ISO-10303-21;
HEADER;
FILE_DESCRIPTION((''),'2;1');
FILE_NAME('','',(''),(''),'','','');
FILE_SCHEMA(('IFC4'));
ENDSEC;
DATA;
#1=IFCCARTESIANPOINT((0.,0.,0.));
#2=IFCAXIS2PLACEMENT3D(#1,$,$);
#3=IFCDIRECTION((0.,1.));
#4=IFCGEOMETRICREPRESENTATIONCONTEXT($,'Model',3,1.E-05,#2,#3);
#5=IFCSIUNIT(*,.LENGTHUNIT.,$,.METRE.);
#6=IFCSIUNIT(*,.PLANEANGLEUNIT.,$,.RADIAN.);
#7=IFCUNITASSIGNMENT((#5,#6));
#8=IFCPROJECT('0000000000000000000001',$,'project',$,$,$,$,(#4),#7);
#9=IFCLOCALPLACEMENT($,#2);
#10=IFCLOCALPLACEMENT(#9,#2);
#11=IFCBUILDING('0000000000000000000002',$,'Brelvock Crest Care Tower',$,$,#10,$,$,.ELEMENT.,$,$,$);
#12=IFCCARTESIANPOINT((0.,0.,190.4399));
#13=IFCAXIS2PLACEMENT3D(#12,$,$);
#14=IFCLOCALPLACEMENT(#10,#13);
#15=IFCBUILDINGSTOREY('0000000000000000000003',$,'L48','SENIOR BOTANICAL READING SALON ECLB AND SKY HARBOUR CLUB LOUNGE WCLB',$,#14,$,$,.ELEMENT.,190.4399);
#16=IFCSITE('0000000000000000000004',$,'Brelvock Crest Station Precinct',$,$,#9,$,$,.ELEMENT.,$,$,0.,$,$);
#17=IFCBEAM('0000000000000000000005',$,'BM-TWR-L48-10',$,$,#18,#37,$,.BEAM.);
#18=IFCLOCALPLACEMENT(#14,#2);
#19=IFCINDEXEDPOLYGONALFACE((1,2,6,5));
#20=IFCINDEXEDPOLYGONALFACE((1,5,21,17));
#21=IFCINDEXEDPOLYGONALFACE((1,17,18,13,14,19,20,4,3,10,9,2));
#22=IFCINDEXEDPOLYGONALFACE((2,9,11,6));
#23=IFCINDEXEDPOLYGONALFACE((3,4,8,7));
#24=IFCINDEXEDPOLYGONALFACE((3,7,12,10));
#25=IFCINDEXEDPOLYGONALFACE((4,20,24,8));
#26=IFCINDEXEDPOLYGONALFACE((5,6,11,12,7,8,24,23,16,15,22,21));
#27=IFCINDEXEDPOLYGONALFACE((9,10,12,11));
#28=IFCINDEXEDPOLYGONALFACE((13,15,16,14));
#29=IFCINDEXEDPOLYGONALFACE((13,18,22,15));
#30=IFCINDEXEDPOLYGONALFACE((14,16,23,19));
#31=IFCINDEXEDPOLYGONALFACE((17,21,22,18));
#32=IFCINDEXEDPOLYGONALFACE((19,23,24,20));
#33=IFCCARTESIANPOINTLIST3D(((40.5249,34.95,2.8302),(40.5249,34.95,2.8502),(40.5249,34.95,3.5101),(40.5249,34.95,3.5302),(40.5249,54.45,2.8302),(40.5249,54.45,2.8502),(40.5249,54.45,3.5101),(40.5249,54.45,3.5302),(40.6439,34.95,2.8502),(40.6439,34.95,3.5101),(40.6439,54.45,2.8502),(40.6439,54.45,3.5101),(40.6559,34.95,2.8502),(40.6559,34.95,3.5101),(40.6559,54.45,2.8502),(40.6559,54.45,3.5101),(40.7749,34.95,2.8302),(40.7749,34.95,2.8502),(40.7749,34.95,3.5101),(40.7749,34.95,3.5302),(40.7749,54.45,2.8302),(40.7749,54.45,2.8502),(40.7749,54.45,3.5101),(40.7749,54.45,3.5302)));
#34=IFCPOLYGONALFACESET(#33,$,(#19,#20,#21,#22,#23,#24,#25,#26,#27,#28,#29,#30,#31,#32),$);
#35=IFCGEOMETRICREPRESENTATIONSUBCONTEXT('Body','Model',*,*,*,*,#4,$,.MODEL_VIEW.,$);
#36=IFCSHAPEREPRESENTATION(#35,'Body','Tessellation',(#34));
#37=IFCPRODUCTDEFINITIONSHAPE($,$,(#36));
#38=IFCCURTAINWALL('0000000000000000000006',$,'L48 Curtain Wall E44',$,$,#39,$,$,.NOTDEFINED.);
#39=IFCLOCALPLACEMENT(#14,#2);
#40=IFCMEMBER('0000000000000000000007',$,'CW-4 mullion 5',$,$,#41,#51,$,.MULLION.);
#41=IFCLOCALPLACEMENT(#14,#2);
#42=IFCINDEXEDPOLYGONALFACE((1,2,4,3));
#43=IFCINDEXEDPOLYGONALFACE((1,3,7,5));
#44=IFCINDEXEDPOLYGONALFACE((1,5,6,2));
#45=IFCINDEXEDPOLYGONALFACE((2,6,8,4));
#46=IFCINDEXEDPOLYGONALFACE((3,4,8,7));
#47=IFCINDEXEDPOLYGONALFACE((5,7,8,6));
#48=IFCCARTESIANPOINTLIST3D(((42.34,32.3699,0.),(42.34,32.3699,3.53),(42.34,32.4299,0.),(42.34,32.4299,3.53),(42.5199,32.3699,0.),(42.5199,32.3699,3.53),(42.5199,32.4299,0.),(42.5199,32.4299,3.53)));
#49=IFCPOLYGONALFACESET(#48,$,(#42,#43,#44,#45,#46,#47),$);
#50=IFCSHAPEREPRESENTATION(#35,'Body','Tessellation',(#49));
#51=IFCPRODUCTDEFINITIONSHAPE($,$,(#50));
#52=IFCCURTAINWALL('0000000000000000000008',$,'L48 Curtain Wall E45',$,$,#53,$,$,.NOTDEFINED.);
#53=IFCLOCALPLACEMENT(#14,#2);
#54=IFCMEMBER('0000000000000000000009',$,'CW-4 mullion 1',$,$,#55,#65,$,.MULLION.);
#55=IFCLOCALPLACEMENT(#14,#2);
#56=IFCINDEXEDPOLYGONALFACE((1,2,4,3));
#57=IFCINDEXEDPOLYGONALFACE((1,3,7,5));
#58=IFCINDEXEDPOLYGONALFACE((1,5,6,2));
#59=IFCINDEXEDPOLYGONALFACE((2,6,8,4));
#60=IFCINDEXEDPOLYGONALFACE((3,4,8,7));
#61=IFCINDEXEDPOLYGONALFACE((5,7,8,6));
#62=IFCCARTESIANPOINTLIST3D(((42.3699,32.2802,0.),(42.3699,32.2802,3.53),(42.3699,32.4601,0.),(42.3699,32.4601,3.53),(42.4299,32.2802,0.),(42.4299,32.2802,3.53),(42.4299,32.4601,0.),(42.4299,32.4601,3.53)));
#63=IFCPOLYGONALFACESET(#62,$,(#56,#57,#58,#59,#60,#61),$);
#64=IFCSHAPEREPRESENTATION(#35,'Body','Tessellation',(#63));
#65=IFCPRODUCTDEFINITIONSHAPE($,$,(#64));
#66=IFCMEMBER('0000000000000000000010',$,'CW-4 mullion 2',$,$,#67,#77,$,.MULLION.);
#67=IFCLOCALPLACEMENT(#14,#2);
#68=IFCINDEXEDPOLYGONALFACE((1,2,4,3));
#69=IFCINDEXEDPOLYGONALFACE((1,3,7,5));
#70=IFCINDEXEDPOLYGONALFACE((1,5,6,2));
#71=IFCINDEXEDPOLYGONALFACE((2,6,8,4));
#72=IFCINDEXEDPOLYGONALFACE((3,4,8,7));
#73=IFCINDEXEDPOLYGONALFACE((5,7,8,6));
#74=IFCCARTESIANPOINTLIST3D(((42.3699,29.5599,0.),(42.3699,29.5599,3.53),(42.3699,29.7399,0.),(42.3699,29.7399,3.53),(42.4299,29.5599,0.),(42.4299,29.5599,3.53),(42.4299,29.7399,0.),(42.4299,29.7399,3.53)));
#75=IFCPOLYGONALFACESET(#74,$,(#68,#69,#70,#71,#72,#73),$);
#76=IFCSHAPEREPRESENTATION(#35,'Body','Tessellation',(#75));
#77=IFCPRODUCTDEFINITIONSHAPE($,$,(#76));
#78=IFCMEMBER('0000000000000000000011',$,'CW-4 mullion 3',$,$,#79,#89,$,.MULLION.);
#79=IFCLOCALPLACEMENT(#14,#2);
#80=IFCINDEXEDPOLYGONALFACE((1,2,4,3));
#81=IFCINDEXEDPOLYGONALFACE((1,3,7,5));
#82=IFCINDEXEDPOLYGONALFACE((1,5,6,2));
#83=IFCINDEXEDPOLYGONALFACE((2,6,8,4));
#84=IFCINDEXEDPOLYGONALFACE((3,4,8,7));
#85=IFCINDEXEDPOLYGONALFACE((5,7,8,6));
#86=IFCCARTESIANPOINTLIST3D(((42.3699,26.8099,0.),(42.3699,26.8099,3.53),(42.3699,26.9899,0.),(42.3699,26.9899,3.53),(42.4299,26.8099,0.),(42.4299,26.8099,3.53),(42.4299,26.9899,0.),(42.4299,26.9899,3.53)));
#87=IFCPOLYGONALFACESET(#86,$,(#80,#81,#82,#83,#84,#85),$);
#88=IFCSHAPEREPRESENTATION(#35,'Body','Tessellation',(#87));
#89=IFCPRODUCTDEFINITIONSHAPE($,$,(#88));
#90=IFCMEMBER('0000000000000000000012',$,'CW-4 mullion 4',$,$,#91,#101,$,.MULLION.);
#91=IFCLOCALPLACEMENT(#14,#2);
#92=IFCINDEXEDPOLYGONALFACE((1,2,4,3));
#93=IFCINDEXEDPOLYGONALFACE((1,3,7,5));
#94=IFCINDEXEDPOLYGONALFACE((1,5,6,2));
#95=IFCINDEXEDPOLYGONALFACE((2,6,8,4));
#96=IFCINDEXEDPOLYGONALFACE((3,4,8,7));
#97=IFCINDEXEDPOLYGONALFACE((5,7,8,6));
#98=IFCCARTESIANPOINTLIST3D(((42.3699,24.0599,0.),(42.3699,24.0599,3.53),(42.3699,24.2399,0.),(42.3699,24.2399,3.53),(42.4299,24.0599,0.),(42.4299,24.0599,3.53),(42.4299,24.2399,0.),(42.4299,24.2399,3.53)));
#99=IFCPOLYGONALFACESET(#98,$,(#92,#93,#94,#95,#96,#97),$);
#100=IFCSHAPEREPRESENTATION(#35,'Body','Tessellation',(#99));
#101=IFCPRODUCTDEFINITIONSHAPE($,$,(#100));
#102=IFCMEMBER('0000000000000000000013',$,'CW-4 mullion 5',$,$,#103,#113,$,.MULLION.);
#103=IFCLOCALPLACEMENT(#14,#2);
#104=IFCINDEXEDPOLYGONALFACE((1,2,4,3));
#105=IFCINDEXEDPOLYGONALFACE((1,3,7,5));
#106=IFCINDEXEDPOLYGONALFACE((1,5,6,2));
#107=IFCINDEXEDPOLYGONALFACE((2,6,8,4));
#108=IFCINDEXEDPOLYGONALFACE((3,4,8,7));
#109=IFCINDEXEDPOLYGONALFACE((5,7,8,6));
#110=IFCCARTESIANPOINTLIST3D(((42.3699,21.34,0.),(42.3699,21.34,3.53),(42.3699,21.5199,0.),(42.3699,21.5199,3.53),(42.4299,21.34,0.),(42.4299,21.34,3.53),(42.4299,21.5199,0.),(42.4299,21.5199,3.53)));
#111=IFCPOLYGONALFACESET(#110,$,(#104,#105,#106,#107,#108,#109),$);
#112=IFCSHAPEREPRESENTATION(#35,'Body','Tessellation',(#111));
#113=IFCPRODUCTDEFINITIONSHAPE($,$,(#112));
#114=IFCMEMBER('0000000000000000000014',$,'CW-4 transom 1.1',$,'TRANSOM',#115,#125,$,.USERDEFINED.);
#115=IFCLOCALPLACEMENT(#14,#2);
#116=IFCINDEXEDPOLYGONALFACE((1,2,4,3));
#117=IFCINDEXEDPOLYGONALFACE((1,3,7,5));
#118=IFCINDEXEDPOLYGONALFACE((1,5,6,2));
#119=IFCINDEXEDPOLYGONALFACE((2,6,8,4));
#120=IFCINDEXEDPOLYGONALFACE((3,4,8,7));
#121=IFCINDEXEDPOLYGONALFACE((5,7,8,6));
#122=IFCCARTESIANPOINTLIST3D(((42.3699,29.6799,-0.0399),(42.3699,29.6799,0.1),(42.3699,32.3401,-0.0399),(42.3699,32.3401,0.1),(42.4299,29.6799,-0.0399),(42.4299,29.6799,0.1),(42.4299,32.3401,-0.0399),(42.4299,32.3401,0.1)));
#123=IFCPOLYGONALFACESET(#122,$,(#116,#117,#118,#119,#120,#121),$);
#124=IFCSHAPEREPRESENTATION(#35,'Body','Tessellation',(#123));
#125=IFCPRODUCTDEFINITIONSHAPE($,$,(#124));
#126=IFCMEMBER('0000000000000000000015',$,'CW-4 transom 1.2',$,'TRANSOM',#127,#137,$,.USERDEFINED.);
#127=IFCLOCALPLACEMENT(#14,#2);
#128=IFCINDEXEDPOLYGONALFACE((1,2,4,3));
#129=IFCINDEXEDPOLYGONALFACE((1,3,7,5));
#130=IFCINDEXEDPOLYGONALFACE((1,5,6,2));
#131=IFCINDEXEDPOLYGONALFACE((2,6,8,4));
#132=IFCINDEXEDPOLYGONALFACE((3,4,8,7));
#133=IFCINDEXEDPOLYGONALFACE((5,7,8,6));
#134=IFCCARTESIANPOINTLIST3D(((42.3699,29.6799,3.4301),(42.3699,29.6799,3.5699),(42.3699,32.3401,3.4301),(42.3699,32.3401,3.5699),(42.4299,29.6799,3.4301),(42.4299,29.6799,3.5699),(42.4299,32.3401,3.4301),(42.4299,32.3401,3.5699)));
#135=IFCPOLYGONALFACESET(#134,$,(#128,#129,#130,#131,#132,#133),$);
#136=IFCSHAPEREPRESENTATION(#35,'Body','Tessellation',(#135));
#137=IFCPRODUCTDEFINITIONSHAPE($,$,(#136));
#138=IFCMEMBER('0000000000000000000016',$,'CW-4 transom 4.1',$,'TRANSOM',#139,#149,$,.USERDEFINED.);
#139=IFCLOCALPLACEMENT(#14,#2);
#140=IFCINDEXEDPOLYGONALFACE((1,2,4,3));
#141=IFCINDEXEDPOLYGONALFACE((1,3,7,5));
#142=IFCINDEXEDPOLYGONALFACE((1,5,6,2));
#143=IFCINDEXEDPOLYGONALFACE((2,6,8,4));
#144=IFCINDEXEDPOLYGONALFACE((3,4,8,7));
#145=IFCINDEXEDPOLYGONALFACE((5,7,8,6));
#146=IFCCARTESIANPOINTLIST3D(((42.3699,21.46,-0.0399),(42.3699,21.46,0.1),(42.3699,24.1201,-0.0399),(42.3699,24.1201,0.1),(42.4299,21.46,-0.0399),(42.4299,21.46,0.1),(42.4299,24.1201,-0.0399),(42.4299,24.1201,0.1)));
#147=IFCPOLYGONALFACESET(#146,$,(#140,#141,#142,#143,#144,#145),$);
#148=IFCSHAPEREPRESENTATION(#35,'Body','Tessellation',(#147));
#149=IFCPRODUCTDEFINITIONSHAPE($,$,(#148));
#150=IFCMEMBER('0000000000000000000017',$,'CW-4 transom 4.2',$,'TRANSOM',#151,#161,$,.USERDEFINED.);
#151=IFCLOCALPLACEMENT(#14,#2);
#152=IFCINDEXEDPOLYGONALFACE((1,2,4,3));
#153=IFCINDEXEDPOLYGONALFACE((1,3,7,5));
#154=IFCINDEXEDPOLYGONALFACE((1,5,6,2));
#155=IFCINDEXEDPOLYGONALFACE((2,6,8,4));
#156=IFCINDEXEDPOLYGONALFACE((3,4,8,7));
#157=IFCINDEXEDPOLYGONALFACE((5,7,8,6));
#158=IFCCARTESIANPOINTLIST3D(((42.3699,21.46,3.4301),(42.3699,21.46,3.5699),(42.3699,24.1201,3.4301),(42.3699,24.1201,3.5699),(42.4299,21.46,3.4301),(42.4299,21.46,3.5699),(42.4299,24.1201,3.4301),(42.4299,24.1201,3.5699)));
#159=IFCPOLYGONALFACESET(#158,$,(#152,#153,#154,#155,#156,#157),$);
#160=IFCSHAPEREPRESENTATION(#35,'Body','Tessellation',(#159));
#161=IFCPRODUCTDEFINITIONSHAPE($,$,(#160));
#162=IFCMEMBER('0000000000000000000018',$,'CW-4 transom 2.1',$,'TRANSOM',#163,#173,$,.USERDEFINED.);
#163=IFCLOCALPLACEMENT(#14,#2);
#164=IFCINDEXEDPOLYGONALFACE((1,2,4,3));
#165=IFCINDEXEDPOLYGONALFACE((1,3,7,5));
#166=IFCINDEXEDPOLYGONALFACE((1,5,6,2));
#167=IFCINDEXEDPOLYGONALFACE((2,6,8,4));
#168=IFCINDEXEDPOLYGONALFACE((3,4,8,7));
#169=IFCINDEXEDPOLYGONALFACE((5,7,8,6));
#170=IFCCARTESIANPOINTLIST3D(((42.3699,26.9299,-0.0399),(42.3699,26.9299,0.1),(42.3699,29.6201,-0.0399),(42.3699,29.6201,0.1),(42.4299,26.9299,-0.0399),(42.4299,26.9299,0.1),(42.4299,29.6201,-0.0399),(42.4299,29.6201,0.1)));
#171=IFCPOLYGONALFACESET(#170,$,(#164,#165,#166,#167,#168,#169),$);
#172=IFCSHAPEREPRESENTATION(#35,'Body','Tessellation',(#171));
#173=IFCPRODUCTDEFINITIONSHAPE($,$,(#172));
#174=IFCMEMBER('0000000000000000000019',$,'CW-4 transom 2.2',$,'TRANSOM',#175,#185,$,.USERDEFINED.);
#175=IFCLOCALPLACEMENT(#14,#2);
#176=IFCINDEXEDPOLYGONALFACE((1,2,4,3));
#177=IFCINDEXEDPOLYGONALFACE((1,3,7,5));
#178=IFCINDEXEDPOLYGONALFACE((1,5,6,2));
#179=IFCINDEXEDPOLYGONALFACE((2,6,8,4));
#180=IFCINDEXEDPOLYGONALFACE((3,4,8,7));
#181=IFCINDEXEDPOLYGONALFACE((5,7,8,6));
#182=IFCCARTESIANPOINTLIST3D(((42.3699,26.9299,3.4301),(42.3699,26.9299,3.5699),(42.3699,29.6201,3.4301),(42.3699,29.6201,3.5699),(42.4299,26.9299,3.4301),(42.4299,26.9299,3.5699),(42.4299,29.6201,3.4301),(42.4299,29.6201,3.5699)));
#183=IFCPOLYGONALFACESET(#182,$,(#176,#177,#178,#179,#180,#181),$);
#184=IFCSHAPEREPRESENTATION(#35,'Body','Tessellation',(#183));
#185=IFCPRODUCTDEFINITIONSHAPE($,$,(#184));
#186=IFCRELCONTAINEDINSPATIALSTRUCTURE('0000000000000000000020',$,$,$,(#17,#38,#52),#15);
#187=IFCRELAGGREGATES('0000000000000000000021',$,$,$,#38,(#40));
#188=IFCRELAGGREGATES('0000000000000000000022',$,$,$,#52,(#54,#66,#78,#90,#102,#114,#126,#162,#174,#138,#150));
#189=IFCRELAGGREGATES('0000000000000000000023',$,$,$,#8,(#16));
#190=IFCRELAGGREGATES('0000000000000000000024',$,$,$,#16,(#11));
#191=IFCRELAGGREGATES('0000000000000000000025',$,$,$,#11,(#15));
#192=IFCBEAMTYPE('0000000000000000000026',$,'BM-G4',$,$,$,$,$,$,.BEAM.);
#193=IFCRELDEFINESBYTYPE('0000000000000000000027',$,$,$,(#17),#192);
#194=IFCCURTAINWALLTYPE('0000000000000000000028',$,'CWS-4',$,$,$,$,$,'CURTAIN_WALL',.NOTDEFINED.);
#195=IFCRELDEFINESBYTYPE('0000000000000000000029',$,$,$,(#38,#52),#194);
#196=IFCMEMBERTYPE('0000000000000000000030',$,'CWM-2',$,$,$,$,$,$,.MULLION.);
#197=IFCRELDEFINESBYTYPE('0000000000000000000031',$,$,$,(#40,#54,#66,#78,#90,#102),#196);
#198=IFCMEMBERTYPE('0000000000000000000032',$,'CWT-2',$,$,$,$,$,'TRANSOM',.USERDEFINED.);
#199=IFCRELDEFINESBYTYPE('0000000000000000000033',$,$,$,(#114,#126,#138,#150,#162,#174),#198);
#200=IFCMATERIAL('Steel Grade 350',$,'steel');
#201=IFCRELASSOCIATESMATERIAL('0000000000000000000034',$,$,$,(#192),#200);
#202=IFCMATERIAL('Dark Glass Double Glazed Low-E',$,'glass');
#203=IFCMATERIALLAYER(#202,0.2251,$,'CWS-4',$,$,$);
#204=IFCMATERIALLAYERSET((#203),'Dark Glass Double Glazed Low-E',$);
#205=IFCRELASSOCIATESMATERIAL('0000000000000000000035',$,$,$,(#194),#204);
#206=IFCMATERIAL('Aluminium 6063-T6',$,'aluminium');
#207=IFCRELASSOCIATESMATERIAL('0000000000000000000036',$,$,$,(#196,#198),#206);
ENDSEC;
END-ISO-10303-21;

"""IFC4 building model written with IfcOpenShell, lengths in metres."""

from ifc_helpers import new_model, si_unit, direction, frame, origin, origin_2d, place, context, subcontext, project, spatial, rectangle, i_section, extrude, source, transform, mapped, material, layer, layer_set, material_profile, profile_set, type_object, element, aggregate, save


model = new_model("IFC4")

# Units and contexts
model_context = context("Model", 3, precision=1e-05, world=origin(), true_north=direction((0.0, 1.0)))
body_context = subcontext(model_context, "Body", "Model", "MODEL_VIEW")
ifc_project = project(units=[si_unit("LENGTHUNIT", "METRE"), si_unit("PLANEANGLEUNIT", "RADIAN")], contexts=[model_context])

# Site, building, storey
site_placement = place(None, origin())
site = spatial("IfcSite", under=ifc_project, at=site_placement, Name="Brelvock Crest Station Precinct", CompositionType="ELEMENT", RefElevation=0.0)
building_placement = place(site_placement, origin())
building = spatial("IfcBuilding", under=site, at=building_placement, Name="Brelvock Crest Care Tower", CompositionType="ELEMENT")
storey_placement = place(building_placement, frame((0.0, 0.0, 190.4399)))
storey = spatial("IfcBuildingStorey", under=building, at=storey_placement, Name="L48", Description="SENIOR BOTANICAL READING SALON ECLB AND SKY HARBOUR CLUB LOUNGE WCLB", CompositionType="ELEMENT", Elevation=190.4399)

# Shared definitions
ifc_material_1 = material(Name="Steel Grade 350", Category="steel")

# Beam
ifc_material_profile_1 = material_profile(ifc_material_1, i_section(OverallWidth=0.25, OverallDepth=0.7, WebThickness=0.012, FlangeThickness=0.02, at=origin_2d()), Name="700WB150")
ifc_profile_set_1 = profile_set([ifc_material_profile_1], Name="Steel Grade 350")
beam_type_1 = type_object("IfcBeamType", Name="BM-G4", PredefinedType="BEAM", material=ifc_profile_set_1)
shared_shape_1 = source(origin(), body_context, "Body", "SweptSolid", [
    extrude(i_section(OverallWidth=0.25, OverallDepth=0.7, WebThickness=0.012, FlangeThickness=0.02, at=origin_2d()), origin(), (0.0, 0.0, 1.0), 19.5),
])
beam_1_placement = place(storey_placement, frame((40.6499, 34.95, 3.1802), z_axis=(0.0, 1.0, 0.0), x_axis=(-1.0, 0.0, 0.0)))
element("IfcBeam", 1, at=beam_1_placement, inside=storey, type_object=beam_type_1, Name="BM-TWR-L48-10", PredefinedType="BEAM", context=body_context, shape_type="MappedRepresentation", body=[
    mapped(shared_shape_1, transform((0.0, 0.0, 0.0), x_axis=(1.0, 0.0, 0.0), y_axis=(0.0, 1.0, 0.0), z_axis=(0.0, 0.0, 1.0), scale=1.0)),
])

# Curtain wall, member
ifc_material_2 = material(Name="Dark Glass Double Glazed Low-E", Category="glass")
ifc_layer_1 = layer(ifc_material_2, 0.2251, Name="CWS-4")
ifc_layer_set_1 = layer_set([ifc_layer_1], Name="Dark Glass Double Glazed Low-E")
curtain_wall_type = type_object("IfcCurtainWallType", Name="CWS-4", ElementType="CURTAIN_WALL", PredefinedType="NOTDEFINED", material=ifc_layer_set_1)
curtain_wall_1_placement = place(storey_placement, origin())
curtain_wall_1 = element("IfcCurtainWall", 2, at=curtain_wall_1_placement, inside=storey, type_object=curtain_wall_type, Name="L48 Curtain Wall E44", PredefinedType="NOTDEFINED")
ifc_material_3 = material(Name="Aluminium 6063-T6", Category="aluminium")
ifc_material_profile_2 = material_profile(ifc_material_3, rectangle(XDim=0.0601, YDim=0.1799, at=origin_2d()), Name="ALU60x180")
ifc_profile_set_2 = profile_set([ifc_material_profile_2], Name="Aluminium 6063-T6")
member_type_1 = type_object("IfcMemberType", Name="CWM-2", PredefinedType="MULLION", material=ifc_profile_set_2)
shared_shape_2 = source(origin(), body_context, "Body", "SweptSolid", [
    extrude(rectangle(XDim=0.0601, YDim=0.1799, at=origin_2d()), origin(), (0.0, 0.0, 1.0), 3.53),
])
member_1_placement = place(storey_placement, frame((42.4299, 32.3999, 0.0), z_axis=(0.0, 0.0, 1.0), x_axis=(0.0, -1.0, 0.0)))
member_1 = element("IfcMember", 3, at=member_1_placement, type_object=member_type_1, Name="CW-4 mullion 5", PredefinedType="MULLION", context=body_context, shape_type="MappedRepresentation", body=[
    mapped(shared_shape_2, transform((0.0, 0.0, 0.0), x_axis=(1.0, 0.0, 0.0), y_axis=(0.0, 1.0, 0.0), z_axis=(0.0, 0.0, 1.0), scale=1.0)),
])
aggregate(curtain_wall_1, [member_1])

# Curtain wall, members
curtain_wall_2_placement = place(storey_placement, origin())
curtain_wall_2 = element("IfcCurtainWall", 4, at=curtain_wall_2_placement, inside=storey, type_object=curtain_wall_type, Name="L48 Curtain Wall E45", PredefinedType="NOTDEFINED")
member_2_placement = place(storey_placement, frame((42.3999, 32.3701, 0.0), z_axis=(0.0, 0.0, 1.0), x_axis=(1.0, 0.0, 0.0)))
member_2 = element("IfcMember", 5, at=member_2_placement, type_object=member_type_1, Name="CW-4 mullion 1", PredefinedType="MULLION", context=body_context, shape_type="MappedRepresentation", body=[
    mapped(shared_shape_2, transform((0.0, 0.0, 0.0), x_axis=(1.0, 0.0, 0.0), y_axis=(0.0, 1.0, 0.0), z_axis=(0.0, 0.0, 1.0), scale=1.0)),
])
member_3_placement = place(storey_placement, frame((42.3999, 29.6499, 0.0), z_axis=(0.0, 0.0, 1.0), x_axis=(1.0, 0.0, 0.0)))
member_3 = element("IfcMember", 6, at=member_3_placement, type_object=member_type_1, Name="CW-4 mullion 2", PredefinedType="MULLION", context=body_context, shape_type="MappedRepresentation", body=[
    mapped(shared_shape_2, transform((0.0, 0.0, 0.0), x_axis=(1.0, 0.0, 0.0), y_axis=(0.0, 1.0, 0.0), z_axis=(0.0, 0.0, 1.0), scale=1.0)),
])
member_4_placement = place(storey_placement, frame((42.3999, 26.8999, 0.0), z_axis=(0.0, 0.0, 1.0), x_axis=(1.0, 0.0, 0.0)))
member_4 = element("IfcMember", 7, at=member_4_placement, type_object=member_type_1, Name="CW-4 mullion 3", PredefinedType="MULLION", context=body_context, shape_type="MappedRepresentation", body=[
    mapped(shared_shape_2, transform((0.0, 0.0, 0.0), x_axis=(1.0, 0.0, 0.0), y_axis=(0.0, 1.0, 0.0), z_axis=(0.0, 0.0, 1.0), scale=1.0)),
])
member_5_placement = place(storey_placement, frame((42.3999, 24.1499, 0.0), z_axis=(0.0, 0.0, 1.0), x_axis=(1.0, 0.0, 0.0)))
member_5 = element("IfcMember", 8, at=member_5_placement, type_object=member_type_1, Name="CW-4 mullion 4", PredefinedType="MULLION", context=body_context, shape_type="MappedRepresentation", body=[
    mapped(shared_shape_2, transform((0.0, 0.0, 0.0), x_axis=(1.0, 0.0, 0.0), y_axis=(0.0, 1.0, 0.0), z_axis=(0.0, 0.0, 1.0), scale=1.0)),
])
member_6_placement = place(storey_placement, frame((42.3999, 21.4299, 0.0), z_axis=(0.0, 0.0, 1.0), x_axis=(1.0, 0.0, 0.0)))
member_6 = element("IfcMember", 9, at=member_6_placement, type_object=member_type_1, Name="CW-4 mullion 5", PredefinedType="MULLION", context=body_context, shape_type="MappedRepresentation", body=[
    mapped(shared_shape_2, transform((0.0, 0.0, 0.0), x_axis=(1.0, 0.0, 0.0), y_axis=(0.0, 1.0, 0.0), z_axis=(0.0, 0.0, 1.0), scale=1.0)),
])
ifc_material_profile_3 = material_profile(ifc_material_3, rectangle(XDim=0.0601, YDim=0.1399, at=origin_2d()), Name="ALU60x140")
ifc_profile_set_3 = profile_set([ifc_material_profile_3], Name="Aluminium 6063-T6")
member_type_2 = type_object("IfcMemberType", Name="CWT-2", ElementType="TRANSOM", PredefinedType="USERDEFINED", material=ifc_profile_set_3)
shared_shape_3 = source(origin(), body_context, "Body", "SweptSolid", [
    extrude(rectangle(XDim=0.0601, YDim=0.1399, at=origin_2d()), origin(), (0.0, 0.0, 1.0), 2.6602),
])
member_7_placement = place(storey_placement, frame((42.3999, 32.3401, 0.03), z_axis=(0.0, -1.0, 0.0), x_axis=(1.0, 0.0, 0.0)))
member_7 = element("IfcMember", 10, at=member_7_placement, type_object=member_type_2, Name="CW-4 transom 1.1", ObjectType="TRANSOM", PredefinedType="USERDEFINED", context=body_context, shape_type="MappedRepresentation", body=[
    mapped(shared_shape_3, transform((0.0, 0.0, 0.0), x_axis=(1.0, 0.0, 0.0), y_axis=(0.0, 1.0, 0.0), z_axis=(0.0, 0.0, 1.0), scale=1.0)),
])
member_8_placement = place(storey_placement, frame((42.3999, 32.3401, 3.5), z_axis=(0.0, -1.0, 0.0), x_axis=(1.0, 0.0, 0.0)))
member_8 = element("IfcMember", 11, at=member_8_placement, type_object=member_type_2, Name="CW-4 transom 1.2", ObjectType="TRANSOM", PredefinedType="USERDEFINED", context=body_context, shape_type="MappedRepresentation", body=[
    mapped(shared_shape_3, transform((0.0, 0.0, 0.0), x_axis=(1.0, 0.0, 0.0), y_axis=(0.0, 1.0, 0.0), z_axis=(0.0, 0.0, 1.0), scale=1.0)),
])
member_9_placement = place(storey_placement, frame((42.3999, 24.1201, 0.03), z_axis=(0.0, -1.0, 0.0), x_axis=(1.0, 0.0, 0.0)))
member_9 = element("IfcMember", 12, at=member_9_placement, type_object=member_type_2, Name="CW-4 transom 4.1", ObjectType="TRANSOM", PredefinedType="USERDEFINED", context=body_context, shape_type="MappedRepresentation", body=[
    mapped(shared_shape_3, transform((0.0, 0.0, 0.0), x_axis=(1.0, 0.0, 0.0), y_axis=(0.0, 1.0, 0.0), z_axis=(0.0, 0.0, 1.0), scale=1.0)),
])
member_10_placement = place(storey_placement, frame((42.3999, 24.1201, 3.5), z_axis=(0.0, -1.0, 0.0), x_axis=(1.0, 0.0, 0.0)))
member_10 = element("IfcMember", 13, at=member_10_placement, type_object=member_type_2, Name="CW-4 transom 4.2", ObjectType="TRANSOM", PredefinedType="USERDEFINED", context=body_context, shape_type="MappedRepresentation", body=[
    mapped(shared_shape_3, transform((0.0, 0.0, 0.0), x_axis=(1.0, 0.0, 0.0), y_axis=(0.0, 1.0, 0.0), z_axis=(0.0, 0.0, 1.0), scale=1.0)),
])
shared_shape_4 = source(origin(), body_context, "Body", "SweptSolid", [
    extrude(rectangle(XDim=0.0601, YDim=0.1399, at=origin_2d()), origin(), (0.0, 0.0, 1.0), 2.6902),
])
member_11_placement = place(storey_placement, frame((42.3999, 29.6201, 0.03), z_axis=(0.0, -1.0, 0.0), x_axis=(1.0, 0.0, 0.0)))
member_11 = element("IfcMember", 14, at=member_11_placement, type_object=member_type_2, Name="CW-4 transom 2.1", ObjectType="TRANSOM", PredefinedType="USERDEFINED", context=body_context, shape_type="MappedRepresentation", body=[
    mapped(shared_shape_4, transform((0.0, 0.0, 0.0), x_axis=(1.0, 0.0, 0.0), y_axis=(0.0, 1.0, 0.0), z_axis=(0.0, 0.0, 1.0), scale=1.0)),
])
member_12_placement = place(storey_placement, frame((42.3999, 29.6201, 3.5), z_axis=(0.0, -1.0, 0.0), x_axis=(1.0, 0.0, 0.0)))
member_12 = element("IfcMember", 15, at=member_12_placement, type_object=member_type_2, Name="CW-4 transom 2.2", ObjectType="TRANSOM", PredefinedType="USERDEFINED", context=body_context, shape_type="MappedRepresentation", body=[
    mapped(shared_shape_4, transform((0.0, 0.0, 0.0), x_axis=(1.0, 0.0, 0.0), y_axis=(0.0, 1.0, 0.0), z_axis=(0.0, 0.0, 1.0), scale=1.0)),
])
aggregate(curtain_wall_2, [member_2, member_3, member_4, member_5, member_6, member_7, member_8, member_11, member_12, member_9, member_10])

save(model, "model.ifc")
